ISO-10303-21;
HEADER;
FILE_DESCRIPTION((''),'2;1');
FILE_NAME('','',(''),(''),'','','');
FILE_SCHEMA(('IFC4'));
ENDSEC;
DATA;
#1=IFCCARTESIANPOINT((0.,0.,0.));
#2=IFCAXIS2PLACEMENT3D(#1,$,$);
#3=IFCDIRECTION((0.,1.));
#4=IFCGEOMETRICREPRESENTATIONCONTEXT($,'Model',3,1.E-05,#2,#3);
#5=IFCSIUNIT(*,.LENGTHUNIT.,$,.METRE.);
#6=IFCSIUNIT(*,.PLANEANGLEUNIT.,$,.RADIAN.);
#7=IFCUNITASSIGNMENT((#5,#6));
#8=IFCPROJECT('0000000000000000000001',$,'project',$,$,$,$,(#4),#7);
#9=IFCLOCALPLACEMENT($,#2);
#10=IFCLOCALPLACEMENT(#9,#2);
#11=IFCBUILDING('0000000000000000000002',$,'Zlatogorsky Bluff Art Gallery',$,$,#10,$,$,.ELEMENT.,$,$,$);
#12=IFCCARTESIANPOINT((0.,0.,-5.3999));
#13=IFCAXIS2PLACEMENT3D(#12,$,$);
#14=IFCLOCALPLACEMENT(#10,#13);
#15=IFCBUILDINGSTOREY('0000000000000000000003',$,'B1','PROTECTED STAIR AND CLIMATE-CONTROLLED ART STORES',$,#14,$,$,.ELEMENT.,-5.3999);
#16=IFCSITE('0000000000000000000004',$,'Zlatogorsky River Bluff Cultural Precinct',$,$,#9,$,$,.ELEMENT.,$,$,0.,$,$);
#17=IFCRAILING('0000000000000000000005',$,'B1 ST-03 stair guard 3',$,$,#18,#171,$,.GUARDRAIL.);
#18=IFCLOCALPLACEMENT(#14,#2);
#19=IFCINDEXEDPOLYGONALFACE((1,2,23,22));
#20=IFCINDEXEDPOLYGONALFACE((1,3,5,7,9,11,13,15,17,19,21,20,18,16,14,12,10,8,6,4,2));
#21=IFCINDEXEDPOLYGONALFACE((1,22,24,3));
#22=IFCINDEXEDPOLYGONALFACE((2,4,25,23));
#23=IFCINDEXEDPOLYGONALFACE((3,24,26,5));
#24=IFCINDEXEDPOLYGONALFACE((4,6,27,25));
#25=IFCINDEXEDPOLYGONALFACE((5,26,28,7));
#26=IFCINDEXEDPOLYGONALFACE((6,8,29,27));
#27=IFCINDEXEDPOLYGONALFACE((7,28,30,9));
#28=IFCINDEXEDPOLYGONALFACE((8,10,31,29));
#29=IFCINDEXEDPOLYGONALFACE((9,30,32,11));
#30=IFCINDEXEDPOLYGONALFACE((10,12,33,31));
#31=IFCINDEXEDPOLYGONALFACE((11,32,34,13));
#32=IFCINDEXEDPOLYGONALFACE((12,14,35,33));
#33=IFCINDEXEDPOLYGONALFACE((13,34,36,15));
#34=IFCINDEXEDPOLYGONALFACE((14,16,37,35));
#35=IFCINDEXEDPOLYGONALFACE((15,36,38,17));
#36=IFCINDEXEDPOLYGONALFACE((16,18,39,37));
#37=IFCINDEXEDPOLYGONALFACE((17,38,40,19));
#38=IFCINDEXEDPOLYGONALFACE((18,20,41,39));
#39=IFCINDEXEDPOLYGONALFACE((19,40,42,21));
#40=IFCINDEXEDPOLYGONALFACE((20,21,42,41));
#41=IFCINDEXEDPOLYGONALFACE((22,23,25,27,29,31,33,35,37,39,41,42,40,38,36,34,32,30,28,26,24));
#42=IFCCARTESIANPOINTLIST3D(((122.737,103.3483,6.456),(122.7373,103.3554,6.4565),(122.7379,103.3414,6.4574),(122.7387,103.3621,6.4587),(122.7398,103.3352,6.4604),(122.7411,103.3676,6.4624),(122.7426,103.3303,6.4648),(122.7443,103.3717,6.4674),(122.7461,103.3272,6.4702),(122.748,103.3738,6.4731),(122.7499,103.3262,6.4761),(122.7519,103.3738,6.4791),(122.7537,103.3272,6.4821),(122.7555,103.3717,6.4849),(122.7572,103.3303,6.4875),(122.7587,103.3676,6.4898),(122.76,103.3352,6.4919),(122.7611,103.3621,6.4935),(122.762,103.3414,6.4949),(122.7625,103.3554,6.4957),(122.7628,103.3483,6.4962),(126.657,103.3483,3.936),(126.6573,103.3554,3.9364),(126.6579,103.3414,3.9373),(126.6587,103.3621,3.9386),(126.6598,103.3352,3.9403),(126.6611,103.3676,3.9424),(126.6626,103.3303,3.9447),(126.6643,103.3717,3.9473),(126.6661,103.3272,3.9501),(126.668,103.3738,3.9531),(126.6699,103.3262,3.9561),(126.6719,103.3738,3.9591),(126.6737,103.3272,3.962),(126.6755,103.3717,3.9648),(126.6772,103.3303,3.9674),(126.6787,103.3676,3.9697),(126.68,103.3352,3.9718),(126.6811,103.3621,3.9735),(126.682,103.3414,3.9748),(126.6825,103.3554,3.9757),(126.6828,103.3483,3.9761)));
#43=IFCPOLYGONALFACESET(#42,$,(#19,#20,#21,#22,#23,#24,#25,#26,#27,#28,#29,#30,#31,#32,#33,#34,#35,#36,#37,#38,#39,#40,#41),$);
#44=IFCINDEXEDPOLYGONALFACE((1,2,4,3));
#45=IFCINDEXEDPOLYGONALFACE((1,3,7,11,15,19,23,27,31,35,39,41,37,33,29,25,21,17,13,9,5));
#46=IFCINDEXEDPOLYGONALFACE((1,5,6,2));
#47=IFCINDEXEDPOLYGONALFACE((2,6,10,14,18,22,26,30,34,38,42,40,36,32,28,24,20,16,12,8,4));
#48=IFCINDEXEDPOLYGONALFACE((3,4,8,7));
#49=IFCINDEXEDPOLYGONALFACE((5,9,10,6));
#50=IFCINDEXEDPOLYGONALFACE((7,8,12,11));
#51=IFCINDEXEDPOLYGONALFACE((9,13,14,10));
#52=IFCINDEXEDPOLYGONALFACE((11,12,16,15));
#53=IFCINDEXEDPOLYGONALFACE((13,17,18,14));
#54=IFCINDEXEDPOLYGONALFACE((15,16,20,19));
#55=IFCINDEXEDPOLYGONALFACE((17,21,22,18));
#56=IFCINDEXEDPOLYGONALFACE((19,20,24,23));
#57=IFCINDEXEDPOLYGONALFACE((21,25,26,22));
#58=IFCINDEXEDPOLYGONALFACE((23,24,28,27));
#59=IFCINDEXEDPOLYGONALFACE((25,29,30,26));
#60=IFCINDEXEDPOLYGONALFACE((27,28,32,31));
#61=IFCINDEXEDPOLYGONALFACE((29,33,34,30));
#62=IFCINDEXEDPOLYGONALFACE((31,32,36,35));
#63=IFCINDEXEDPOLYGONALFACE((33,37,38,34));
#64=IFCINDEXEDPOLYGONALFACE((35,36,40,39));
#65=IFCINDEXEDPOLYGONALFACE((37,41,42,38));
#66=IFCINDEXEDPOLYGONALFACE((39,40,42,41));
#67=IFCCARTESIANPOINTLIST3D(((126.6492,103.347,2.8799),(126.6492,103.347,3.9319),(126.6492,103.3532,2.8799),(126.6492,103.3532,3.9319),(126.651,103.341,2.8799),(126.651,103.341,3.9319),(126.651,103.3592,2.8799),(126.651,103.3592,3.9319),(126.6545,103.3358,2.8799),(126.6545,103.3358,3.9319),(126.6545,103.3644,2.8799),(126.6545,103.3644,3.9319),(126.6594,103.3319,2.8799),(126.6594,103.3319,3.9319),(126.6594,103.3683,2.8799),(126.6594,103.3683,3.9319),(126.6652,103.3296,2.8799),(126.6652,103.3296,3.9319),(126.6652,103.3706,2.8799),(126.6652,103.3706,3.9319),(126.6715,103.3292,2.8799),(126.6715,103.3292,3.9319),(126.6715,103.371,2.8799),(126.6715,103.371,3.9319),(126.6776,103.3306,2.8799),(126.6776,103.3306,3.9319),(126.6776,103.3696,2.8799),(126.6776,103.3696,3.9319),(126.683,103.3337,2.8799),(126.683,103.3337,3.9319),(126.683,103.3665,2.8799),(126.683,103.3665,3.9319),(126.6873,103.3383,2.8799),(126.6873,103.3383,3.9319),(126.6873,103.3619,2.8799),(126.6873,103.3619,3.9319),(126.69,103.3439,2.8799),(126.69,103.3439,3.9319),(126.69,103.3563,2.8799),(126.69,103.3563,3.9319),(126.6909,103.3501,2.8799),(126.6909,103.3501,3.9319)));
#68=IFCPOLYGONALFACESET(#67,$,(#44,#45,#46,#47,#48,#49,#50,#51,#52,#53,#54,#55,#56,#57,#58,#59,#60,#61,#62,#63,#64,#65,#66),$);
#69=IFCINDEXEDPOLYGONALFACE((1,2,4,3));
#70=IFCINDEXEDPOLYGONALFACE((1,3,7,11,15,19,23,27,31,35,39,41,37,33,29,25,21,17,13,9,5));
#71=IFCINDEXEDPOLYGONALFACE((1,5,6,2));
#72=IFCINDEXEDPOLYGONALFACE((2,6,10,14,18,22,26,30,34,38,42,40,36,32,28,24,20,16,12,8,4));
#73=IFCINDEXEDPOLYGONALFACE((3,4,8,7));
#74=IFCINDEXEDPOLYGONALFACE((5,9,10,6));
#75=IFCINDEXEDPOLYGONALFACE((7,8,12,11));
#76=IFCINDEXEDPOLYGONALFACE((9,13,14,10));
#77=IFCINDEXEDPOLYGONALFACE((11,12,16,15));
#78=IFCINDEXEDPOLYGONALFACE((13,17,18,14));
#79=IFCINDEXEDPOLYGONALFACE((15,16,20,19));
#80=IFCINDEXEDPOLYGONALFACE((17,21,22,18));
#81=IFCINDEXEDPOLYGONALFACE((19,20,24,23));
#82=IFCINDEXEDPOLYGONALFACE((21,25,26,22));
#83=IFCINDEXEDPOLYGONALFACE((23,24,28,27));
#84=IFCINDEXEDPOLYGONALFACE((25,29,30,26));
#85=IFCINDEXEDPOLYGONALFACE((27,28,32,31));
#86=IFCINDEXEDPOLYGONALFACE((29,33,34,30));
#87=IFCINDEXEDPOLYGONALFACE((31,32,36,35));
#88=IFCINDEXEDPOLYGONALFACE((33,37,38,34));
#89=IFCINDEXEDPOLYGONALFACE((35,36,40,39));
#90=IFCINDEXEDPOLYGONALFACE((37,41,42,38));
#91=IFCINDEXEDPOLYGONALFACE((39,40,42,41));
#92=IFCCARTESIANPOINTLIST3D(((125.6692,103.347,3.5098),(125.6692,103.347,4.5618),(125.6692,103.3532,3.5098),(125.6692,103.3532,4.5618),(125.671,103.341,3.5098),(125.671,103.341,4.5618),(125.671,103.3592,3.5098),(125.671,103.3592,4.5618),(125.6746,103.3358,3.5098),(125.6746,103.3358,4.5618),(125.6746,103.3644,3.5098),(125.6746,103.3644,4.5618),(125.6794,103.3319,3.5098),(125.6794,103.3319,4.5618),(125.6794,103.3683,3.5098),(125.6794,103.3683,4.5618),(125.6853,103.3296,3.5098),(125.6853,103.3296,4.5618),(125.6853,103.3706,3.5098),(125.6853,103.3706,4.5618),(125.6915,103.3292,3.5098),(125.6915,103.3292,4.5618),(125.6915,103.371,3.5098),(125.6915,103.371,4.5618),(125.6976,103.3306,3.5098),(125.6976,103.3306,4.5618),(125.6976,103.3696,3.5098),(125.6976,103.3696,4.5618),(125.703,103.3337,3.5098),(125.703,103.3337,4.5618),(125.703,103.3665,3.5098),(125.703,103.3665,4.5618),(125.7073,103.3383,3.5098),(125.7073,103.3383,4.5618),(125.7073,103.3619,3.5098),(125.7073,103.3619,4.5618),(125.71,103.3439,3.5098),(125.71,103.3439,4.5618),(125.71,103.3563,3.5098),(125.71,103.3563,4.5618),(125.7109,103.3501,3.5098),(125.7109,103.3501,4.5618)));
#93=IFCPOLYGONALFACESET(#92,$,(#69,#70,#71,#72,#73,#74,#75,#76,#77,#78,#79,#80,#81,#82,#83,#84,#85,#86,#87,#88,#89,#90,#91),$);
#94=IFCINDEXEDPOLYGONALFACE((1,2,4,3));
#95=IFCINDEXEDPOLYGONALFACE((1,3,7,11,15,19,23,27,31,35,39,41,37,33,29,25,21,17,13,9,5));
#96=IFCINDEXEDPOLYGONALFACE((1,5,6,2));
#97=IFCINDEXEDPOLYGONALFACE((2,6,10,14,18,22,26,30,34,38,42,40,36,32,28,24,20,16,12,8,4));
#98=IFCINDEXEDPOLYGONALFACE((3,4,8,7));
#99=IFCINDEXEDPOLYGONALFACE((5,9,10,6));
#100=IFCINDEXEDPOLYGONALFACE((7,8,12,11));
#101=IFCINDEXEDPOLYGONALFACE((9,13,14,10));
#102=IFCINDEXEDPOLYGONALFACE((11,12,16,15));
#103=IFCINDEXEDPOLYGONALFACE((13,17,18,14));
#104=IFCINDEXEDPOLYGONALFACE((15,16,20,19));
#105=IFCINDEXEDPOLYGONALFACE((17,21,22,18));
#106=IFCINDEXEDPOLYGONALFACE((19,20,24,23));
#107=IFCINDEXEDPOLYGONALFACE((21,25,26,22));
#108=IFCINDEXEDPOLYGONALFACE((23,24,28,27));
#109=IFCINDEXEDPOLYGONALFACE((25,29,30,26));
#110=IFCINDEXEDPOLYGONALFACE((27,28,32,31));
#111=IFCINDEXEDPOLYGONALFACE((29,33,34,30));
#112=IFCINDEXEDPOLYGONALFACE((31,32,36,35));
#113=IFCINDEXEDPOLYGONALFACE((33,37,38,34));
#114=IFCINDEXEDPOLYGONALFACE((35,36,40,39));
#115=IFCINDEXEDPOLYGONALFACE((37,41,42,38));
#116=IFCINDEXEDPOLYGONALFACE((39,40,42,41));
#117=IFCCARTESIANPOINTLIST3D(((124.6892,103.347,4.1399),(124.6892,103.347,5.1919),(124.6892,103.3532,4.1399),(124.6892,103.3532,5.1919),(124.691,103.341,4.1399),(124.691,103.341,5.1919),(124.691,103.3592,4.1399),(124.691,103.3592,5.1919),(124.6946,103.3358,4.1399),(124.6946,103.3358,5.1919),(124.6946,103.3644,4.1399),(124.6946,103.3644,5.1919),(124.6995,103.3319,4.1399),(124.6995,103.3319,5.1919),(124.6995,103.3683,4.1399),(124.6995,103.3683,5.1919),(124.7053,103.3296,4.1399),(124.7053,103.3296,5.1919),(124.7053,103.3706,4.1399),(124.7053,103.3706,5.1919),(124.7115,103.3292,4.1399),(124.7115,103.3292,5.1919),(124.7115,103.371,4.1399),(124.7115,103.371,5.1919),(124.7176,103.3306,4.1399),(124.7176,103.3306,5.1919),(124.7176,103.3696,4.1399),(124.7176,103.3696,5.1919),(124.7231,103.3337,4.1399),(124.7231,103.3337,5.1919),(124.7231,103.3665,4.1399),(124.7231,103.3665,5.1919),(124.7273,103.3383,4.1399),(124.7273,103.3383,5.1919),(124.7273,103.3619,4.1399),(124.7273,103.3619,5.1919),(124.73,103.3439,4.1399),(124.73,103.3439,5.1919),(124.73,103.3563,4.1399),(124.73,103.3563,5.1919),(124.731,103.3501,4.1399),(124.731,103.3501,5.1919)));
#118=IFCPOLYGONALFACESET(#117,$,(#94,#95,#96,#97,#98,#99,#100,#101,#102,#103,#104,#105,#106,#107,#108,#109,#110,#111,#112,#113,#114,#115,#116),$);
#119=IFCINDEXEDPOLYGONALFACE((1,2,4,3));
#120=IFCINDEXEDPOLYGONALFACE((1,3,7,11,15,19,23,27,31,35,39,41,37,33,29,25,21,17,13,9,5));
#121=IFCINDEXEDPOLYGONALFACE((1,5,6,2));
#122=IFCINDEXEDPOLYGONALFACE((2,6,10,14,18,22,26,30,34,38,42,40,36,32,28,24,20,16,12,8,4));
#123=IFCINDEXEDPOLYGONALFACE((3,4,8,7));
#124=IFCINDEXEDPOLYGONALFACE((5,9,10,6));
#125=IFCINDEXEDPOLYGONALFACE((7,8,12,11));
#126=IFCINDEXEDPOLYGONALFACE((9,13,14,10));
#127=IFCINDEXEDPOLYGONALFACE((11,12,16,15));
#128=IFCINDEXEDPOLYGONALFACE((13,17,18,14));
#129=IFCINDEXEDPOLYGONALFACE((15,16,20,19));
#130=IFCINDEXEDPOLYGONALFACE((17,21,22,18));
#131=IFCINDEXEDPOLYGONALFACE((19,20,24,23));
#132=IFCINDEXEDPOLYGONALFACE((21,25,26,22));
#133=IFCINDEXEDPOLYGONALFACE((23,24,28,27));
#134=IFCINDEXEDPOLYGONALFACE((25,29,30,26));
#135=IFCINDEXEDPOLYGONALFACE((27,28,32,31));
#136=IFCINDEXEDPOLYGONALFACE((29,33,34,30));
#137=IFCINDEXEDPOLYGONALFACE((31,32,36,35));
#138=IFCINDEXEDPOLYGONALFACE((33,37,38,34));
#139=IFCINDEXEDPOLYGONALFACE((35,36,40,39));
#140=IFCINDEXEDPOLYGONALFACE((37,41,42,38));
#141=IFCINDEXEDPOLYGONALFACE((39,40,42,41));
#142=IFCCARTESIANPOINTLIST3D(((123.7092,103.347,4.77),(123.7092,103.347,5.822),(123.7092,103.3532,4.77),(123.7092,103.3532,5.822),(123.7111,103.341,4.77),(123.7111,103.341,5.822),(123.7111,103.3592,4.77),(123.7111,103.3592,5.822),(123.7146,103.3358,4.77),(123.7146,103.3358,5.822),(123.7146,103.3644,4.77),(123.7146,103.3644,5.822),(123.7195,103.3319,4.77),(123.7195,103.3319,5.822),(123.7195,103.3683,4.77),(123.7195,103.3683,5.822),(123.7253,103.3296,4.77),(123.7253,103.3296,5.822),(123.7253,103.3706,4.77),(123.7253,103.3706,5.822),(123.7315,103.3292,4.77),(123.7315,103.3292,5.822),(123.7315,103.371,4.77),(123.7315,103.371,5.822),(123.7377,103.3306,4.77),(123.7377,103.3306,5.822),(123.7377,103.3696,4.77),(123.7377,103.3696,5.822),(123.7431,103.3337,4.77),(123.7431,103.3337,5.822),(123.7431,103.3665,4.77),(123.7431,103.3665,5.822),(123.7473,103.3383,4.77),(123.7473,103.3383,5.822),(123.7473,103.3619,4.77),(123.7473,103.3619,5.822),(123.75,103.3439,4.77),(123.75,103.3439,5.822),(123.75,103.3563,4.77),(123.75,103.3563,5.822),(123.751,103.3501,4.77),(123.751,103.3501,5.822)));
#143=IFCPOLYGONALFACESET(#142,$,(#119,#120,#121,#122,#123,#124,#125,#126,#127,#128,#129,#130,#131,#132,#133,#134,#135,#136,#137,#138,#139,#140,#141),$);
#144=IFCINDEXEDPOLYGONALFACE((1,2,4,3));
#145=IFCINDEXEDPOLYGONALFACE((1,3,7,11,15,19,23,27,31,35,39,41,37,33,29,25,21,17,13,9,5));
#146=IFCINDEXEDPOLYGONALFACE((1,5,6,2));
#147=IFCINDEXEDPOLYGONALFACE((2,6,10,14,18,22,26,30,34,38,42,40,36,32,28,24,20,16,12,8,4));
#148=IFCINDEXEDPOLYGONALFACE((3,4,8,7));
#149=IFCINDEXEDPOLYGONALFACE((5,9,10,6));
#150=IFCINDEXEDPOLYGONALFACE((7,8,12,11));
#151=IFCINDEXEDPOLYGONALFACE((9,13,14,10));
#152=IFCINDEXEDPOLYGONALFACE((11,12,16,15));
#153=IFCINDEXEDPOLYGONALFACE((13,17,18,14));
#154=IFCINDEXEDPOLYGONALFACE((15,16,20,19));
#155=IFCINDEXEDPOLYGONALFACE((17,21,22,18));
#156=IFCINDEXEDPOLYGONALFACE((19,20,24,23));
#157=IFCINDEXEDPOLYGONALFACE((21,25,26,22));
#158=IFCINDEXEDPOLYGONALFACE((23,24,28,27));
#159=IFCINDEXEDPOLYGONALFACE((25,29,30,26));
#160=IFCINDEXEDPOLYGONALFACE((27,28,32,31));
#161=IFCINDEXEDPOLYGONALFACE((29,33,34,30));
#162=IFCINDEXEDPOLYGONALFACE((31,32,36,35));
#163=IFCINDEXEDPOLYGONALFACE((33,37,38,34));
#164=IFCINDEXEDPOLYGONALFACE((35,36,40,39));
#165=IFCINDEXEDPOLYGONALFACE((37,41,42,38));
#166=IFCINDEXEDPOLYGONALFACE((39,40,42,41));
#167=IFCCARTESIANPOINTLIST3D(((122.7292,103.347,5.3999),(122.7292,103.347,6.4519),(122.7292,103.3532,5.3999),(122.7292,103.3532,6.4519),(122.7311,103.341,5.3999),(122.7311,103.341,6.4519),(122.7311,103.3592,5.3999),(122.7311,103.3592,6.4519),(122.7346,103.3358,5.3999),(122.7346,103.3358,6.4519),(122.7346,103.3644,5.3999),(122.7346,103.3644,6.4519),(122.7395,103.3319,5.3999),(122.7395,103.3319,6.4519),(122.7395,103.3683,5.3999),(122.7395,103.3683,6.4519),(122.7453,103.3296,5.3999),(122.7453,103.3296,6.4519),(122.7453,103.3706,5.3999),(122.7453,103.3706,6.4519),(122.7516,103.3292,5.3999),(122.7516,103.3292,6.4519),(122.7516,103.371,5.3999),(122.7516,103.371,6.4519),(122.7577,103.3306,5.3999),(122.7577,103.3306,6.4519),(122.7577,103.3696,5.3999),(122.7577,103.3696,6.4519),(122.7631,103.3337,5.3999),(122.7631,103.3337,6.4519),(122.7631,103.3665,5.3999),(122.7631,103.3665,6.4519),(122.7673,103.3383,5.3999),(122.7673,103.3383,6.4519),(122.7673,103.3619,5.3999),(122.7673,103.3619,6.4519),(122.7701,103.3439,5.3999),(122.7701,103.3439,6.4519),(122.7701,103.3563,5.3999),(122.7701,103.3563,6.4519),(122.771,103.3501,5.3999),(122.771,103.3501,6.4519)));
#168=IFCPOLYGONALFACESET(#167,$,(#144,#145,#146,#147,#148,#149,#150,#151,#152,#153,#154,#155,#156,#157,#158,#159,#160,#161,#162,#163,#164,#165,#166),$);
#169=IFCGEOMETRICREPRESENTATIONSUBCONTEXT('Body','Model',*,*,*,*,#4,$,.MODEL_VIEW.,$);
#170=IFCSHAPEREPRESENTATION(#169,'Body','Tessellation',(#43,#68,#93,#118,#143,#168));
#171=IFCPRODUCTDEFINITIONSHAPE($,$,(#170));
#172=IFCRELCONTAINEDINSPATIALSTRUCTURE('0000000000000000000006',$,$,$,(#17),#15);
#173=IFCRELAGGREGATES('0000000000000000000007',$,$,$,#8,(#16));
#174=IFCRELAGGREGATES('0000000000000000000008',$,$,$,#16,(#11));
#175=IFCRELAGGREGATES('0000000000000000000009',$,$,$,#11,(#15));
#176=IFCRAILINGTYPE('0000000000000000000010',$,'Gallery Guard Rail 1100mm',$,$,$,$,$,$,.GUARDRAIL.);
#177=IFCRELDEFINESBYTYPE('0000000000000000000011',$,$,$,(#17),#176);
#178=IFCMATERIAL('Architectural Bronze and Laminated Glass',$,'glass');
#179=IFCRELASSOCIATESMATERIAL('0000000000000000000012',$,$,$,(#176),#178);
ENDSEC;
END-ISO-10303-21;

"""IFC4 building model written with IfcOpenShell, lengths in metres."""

from ifc_helpers import new_model, si_unit, direction, frame, origin, origin_2d, place, context, subcontext, project, spatial, circle, extrude, material, type_object, element, save


model = new_model("IFC4")

# Units and contexts
model_context = context("Model", 3, precision=1e-05, world=origin(), true_north=direction((0.0, 1.0)))
body_context = subcontext(model_context, "Body", "Model", "MODEL_VIEW")
ifc_project = project(units=[si_unit("LENGTHUNIT", "METRE"), si_unit("PLANEANGLEUNIT", "RADIAN")], contexts=[model_context])

# Site, building, storey
site_placement = place(None, origin())
site = spatial("IfcSite", under=ifc_project, at=site_placement, Name="Zlatogorsky River Bluff Cultural Precinct", CompositionType="ELEMENT", RefElevation=0.0)
building_placement = place(site_placement, origin())
building = spatial("IfcBuilding", under=site, at=building_placement, Name="Zlatogorsky Bluff Art Gallery", CompositionType="ELEMENT")
storey_placement = place(building_placement, frame((0.0, 0.0, -5.3999)))
storey = spatial("IfcBuildingStorey", under=building, at=storey_placement, Name="B1", Description="PROTECTED STAIR AND CLIMATE-CONTROLLED ART STORES", CompositionType="ELEMENT", Elevation=-5.3999)

# Railing
ifc_material_1 = material(Name="Architectural Bronze and Laminated Glass", Category="glass")
railing_type_1 = type_object("IfcRailingType", Name="Gallery Guard Rail 1100mm", PredefinedType="GUARDRAIL", material=ifc_material_1)
railing_1_placement = place(storey_placement, frame((126.6699, 103.3501, 2.8799)))
element("IfcRailing", 1, at=railing_1_placement, inside=storey, type_object=railing_type_1, Name="B1 ST-03 stair guard 3", PredefinedType="GUARDRAIL", context=body_context, shape_type="SweptSolid", body=[
    extrude(circle(Radius=0.0239, at=origin_2d()), frame((0.0, 0.0, 1.0762), z_axis=(-0.841172, 0.0, 0.540768), x_axis=(0.0, -1.0, 0.0)), (0.0, 0.0, 1.0), 4.6602),
    extrude(circle(Radius=0.021, at=origin_2d()), origin(), (0.0, 0.0, 1.0), 1.052),
    extrude(circle(Radius=0.021, at=origin_2d()), frame((-0.98, 0.0, 0.6299)), (0.0, 0.0, 1.0), 1.052),
    extrude(circle(Radius=0.021, at=origin_2d()), frame((-1.96, 0.0, 1.26)), (0.0, 0.0, 1.0), 1.052),
    extrude(circle(Radius=0.021, at=origin_2d()), frame((-2.9399, 0.0, 1.8901)), (0.0, 0.0, 1.0), 1.052),
    extrude(circle(Radius=0.021, at=origin_2d()), frame((-3.9199, 0.0, 2.52)), (0.0, 0.0, 1.0), 1.052),
])

save(model, "model.ifc")
